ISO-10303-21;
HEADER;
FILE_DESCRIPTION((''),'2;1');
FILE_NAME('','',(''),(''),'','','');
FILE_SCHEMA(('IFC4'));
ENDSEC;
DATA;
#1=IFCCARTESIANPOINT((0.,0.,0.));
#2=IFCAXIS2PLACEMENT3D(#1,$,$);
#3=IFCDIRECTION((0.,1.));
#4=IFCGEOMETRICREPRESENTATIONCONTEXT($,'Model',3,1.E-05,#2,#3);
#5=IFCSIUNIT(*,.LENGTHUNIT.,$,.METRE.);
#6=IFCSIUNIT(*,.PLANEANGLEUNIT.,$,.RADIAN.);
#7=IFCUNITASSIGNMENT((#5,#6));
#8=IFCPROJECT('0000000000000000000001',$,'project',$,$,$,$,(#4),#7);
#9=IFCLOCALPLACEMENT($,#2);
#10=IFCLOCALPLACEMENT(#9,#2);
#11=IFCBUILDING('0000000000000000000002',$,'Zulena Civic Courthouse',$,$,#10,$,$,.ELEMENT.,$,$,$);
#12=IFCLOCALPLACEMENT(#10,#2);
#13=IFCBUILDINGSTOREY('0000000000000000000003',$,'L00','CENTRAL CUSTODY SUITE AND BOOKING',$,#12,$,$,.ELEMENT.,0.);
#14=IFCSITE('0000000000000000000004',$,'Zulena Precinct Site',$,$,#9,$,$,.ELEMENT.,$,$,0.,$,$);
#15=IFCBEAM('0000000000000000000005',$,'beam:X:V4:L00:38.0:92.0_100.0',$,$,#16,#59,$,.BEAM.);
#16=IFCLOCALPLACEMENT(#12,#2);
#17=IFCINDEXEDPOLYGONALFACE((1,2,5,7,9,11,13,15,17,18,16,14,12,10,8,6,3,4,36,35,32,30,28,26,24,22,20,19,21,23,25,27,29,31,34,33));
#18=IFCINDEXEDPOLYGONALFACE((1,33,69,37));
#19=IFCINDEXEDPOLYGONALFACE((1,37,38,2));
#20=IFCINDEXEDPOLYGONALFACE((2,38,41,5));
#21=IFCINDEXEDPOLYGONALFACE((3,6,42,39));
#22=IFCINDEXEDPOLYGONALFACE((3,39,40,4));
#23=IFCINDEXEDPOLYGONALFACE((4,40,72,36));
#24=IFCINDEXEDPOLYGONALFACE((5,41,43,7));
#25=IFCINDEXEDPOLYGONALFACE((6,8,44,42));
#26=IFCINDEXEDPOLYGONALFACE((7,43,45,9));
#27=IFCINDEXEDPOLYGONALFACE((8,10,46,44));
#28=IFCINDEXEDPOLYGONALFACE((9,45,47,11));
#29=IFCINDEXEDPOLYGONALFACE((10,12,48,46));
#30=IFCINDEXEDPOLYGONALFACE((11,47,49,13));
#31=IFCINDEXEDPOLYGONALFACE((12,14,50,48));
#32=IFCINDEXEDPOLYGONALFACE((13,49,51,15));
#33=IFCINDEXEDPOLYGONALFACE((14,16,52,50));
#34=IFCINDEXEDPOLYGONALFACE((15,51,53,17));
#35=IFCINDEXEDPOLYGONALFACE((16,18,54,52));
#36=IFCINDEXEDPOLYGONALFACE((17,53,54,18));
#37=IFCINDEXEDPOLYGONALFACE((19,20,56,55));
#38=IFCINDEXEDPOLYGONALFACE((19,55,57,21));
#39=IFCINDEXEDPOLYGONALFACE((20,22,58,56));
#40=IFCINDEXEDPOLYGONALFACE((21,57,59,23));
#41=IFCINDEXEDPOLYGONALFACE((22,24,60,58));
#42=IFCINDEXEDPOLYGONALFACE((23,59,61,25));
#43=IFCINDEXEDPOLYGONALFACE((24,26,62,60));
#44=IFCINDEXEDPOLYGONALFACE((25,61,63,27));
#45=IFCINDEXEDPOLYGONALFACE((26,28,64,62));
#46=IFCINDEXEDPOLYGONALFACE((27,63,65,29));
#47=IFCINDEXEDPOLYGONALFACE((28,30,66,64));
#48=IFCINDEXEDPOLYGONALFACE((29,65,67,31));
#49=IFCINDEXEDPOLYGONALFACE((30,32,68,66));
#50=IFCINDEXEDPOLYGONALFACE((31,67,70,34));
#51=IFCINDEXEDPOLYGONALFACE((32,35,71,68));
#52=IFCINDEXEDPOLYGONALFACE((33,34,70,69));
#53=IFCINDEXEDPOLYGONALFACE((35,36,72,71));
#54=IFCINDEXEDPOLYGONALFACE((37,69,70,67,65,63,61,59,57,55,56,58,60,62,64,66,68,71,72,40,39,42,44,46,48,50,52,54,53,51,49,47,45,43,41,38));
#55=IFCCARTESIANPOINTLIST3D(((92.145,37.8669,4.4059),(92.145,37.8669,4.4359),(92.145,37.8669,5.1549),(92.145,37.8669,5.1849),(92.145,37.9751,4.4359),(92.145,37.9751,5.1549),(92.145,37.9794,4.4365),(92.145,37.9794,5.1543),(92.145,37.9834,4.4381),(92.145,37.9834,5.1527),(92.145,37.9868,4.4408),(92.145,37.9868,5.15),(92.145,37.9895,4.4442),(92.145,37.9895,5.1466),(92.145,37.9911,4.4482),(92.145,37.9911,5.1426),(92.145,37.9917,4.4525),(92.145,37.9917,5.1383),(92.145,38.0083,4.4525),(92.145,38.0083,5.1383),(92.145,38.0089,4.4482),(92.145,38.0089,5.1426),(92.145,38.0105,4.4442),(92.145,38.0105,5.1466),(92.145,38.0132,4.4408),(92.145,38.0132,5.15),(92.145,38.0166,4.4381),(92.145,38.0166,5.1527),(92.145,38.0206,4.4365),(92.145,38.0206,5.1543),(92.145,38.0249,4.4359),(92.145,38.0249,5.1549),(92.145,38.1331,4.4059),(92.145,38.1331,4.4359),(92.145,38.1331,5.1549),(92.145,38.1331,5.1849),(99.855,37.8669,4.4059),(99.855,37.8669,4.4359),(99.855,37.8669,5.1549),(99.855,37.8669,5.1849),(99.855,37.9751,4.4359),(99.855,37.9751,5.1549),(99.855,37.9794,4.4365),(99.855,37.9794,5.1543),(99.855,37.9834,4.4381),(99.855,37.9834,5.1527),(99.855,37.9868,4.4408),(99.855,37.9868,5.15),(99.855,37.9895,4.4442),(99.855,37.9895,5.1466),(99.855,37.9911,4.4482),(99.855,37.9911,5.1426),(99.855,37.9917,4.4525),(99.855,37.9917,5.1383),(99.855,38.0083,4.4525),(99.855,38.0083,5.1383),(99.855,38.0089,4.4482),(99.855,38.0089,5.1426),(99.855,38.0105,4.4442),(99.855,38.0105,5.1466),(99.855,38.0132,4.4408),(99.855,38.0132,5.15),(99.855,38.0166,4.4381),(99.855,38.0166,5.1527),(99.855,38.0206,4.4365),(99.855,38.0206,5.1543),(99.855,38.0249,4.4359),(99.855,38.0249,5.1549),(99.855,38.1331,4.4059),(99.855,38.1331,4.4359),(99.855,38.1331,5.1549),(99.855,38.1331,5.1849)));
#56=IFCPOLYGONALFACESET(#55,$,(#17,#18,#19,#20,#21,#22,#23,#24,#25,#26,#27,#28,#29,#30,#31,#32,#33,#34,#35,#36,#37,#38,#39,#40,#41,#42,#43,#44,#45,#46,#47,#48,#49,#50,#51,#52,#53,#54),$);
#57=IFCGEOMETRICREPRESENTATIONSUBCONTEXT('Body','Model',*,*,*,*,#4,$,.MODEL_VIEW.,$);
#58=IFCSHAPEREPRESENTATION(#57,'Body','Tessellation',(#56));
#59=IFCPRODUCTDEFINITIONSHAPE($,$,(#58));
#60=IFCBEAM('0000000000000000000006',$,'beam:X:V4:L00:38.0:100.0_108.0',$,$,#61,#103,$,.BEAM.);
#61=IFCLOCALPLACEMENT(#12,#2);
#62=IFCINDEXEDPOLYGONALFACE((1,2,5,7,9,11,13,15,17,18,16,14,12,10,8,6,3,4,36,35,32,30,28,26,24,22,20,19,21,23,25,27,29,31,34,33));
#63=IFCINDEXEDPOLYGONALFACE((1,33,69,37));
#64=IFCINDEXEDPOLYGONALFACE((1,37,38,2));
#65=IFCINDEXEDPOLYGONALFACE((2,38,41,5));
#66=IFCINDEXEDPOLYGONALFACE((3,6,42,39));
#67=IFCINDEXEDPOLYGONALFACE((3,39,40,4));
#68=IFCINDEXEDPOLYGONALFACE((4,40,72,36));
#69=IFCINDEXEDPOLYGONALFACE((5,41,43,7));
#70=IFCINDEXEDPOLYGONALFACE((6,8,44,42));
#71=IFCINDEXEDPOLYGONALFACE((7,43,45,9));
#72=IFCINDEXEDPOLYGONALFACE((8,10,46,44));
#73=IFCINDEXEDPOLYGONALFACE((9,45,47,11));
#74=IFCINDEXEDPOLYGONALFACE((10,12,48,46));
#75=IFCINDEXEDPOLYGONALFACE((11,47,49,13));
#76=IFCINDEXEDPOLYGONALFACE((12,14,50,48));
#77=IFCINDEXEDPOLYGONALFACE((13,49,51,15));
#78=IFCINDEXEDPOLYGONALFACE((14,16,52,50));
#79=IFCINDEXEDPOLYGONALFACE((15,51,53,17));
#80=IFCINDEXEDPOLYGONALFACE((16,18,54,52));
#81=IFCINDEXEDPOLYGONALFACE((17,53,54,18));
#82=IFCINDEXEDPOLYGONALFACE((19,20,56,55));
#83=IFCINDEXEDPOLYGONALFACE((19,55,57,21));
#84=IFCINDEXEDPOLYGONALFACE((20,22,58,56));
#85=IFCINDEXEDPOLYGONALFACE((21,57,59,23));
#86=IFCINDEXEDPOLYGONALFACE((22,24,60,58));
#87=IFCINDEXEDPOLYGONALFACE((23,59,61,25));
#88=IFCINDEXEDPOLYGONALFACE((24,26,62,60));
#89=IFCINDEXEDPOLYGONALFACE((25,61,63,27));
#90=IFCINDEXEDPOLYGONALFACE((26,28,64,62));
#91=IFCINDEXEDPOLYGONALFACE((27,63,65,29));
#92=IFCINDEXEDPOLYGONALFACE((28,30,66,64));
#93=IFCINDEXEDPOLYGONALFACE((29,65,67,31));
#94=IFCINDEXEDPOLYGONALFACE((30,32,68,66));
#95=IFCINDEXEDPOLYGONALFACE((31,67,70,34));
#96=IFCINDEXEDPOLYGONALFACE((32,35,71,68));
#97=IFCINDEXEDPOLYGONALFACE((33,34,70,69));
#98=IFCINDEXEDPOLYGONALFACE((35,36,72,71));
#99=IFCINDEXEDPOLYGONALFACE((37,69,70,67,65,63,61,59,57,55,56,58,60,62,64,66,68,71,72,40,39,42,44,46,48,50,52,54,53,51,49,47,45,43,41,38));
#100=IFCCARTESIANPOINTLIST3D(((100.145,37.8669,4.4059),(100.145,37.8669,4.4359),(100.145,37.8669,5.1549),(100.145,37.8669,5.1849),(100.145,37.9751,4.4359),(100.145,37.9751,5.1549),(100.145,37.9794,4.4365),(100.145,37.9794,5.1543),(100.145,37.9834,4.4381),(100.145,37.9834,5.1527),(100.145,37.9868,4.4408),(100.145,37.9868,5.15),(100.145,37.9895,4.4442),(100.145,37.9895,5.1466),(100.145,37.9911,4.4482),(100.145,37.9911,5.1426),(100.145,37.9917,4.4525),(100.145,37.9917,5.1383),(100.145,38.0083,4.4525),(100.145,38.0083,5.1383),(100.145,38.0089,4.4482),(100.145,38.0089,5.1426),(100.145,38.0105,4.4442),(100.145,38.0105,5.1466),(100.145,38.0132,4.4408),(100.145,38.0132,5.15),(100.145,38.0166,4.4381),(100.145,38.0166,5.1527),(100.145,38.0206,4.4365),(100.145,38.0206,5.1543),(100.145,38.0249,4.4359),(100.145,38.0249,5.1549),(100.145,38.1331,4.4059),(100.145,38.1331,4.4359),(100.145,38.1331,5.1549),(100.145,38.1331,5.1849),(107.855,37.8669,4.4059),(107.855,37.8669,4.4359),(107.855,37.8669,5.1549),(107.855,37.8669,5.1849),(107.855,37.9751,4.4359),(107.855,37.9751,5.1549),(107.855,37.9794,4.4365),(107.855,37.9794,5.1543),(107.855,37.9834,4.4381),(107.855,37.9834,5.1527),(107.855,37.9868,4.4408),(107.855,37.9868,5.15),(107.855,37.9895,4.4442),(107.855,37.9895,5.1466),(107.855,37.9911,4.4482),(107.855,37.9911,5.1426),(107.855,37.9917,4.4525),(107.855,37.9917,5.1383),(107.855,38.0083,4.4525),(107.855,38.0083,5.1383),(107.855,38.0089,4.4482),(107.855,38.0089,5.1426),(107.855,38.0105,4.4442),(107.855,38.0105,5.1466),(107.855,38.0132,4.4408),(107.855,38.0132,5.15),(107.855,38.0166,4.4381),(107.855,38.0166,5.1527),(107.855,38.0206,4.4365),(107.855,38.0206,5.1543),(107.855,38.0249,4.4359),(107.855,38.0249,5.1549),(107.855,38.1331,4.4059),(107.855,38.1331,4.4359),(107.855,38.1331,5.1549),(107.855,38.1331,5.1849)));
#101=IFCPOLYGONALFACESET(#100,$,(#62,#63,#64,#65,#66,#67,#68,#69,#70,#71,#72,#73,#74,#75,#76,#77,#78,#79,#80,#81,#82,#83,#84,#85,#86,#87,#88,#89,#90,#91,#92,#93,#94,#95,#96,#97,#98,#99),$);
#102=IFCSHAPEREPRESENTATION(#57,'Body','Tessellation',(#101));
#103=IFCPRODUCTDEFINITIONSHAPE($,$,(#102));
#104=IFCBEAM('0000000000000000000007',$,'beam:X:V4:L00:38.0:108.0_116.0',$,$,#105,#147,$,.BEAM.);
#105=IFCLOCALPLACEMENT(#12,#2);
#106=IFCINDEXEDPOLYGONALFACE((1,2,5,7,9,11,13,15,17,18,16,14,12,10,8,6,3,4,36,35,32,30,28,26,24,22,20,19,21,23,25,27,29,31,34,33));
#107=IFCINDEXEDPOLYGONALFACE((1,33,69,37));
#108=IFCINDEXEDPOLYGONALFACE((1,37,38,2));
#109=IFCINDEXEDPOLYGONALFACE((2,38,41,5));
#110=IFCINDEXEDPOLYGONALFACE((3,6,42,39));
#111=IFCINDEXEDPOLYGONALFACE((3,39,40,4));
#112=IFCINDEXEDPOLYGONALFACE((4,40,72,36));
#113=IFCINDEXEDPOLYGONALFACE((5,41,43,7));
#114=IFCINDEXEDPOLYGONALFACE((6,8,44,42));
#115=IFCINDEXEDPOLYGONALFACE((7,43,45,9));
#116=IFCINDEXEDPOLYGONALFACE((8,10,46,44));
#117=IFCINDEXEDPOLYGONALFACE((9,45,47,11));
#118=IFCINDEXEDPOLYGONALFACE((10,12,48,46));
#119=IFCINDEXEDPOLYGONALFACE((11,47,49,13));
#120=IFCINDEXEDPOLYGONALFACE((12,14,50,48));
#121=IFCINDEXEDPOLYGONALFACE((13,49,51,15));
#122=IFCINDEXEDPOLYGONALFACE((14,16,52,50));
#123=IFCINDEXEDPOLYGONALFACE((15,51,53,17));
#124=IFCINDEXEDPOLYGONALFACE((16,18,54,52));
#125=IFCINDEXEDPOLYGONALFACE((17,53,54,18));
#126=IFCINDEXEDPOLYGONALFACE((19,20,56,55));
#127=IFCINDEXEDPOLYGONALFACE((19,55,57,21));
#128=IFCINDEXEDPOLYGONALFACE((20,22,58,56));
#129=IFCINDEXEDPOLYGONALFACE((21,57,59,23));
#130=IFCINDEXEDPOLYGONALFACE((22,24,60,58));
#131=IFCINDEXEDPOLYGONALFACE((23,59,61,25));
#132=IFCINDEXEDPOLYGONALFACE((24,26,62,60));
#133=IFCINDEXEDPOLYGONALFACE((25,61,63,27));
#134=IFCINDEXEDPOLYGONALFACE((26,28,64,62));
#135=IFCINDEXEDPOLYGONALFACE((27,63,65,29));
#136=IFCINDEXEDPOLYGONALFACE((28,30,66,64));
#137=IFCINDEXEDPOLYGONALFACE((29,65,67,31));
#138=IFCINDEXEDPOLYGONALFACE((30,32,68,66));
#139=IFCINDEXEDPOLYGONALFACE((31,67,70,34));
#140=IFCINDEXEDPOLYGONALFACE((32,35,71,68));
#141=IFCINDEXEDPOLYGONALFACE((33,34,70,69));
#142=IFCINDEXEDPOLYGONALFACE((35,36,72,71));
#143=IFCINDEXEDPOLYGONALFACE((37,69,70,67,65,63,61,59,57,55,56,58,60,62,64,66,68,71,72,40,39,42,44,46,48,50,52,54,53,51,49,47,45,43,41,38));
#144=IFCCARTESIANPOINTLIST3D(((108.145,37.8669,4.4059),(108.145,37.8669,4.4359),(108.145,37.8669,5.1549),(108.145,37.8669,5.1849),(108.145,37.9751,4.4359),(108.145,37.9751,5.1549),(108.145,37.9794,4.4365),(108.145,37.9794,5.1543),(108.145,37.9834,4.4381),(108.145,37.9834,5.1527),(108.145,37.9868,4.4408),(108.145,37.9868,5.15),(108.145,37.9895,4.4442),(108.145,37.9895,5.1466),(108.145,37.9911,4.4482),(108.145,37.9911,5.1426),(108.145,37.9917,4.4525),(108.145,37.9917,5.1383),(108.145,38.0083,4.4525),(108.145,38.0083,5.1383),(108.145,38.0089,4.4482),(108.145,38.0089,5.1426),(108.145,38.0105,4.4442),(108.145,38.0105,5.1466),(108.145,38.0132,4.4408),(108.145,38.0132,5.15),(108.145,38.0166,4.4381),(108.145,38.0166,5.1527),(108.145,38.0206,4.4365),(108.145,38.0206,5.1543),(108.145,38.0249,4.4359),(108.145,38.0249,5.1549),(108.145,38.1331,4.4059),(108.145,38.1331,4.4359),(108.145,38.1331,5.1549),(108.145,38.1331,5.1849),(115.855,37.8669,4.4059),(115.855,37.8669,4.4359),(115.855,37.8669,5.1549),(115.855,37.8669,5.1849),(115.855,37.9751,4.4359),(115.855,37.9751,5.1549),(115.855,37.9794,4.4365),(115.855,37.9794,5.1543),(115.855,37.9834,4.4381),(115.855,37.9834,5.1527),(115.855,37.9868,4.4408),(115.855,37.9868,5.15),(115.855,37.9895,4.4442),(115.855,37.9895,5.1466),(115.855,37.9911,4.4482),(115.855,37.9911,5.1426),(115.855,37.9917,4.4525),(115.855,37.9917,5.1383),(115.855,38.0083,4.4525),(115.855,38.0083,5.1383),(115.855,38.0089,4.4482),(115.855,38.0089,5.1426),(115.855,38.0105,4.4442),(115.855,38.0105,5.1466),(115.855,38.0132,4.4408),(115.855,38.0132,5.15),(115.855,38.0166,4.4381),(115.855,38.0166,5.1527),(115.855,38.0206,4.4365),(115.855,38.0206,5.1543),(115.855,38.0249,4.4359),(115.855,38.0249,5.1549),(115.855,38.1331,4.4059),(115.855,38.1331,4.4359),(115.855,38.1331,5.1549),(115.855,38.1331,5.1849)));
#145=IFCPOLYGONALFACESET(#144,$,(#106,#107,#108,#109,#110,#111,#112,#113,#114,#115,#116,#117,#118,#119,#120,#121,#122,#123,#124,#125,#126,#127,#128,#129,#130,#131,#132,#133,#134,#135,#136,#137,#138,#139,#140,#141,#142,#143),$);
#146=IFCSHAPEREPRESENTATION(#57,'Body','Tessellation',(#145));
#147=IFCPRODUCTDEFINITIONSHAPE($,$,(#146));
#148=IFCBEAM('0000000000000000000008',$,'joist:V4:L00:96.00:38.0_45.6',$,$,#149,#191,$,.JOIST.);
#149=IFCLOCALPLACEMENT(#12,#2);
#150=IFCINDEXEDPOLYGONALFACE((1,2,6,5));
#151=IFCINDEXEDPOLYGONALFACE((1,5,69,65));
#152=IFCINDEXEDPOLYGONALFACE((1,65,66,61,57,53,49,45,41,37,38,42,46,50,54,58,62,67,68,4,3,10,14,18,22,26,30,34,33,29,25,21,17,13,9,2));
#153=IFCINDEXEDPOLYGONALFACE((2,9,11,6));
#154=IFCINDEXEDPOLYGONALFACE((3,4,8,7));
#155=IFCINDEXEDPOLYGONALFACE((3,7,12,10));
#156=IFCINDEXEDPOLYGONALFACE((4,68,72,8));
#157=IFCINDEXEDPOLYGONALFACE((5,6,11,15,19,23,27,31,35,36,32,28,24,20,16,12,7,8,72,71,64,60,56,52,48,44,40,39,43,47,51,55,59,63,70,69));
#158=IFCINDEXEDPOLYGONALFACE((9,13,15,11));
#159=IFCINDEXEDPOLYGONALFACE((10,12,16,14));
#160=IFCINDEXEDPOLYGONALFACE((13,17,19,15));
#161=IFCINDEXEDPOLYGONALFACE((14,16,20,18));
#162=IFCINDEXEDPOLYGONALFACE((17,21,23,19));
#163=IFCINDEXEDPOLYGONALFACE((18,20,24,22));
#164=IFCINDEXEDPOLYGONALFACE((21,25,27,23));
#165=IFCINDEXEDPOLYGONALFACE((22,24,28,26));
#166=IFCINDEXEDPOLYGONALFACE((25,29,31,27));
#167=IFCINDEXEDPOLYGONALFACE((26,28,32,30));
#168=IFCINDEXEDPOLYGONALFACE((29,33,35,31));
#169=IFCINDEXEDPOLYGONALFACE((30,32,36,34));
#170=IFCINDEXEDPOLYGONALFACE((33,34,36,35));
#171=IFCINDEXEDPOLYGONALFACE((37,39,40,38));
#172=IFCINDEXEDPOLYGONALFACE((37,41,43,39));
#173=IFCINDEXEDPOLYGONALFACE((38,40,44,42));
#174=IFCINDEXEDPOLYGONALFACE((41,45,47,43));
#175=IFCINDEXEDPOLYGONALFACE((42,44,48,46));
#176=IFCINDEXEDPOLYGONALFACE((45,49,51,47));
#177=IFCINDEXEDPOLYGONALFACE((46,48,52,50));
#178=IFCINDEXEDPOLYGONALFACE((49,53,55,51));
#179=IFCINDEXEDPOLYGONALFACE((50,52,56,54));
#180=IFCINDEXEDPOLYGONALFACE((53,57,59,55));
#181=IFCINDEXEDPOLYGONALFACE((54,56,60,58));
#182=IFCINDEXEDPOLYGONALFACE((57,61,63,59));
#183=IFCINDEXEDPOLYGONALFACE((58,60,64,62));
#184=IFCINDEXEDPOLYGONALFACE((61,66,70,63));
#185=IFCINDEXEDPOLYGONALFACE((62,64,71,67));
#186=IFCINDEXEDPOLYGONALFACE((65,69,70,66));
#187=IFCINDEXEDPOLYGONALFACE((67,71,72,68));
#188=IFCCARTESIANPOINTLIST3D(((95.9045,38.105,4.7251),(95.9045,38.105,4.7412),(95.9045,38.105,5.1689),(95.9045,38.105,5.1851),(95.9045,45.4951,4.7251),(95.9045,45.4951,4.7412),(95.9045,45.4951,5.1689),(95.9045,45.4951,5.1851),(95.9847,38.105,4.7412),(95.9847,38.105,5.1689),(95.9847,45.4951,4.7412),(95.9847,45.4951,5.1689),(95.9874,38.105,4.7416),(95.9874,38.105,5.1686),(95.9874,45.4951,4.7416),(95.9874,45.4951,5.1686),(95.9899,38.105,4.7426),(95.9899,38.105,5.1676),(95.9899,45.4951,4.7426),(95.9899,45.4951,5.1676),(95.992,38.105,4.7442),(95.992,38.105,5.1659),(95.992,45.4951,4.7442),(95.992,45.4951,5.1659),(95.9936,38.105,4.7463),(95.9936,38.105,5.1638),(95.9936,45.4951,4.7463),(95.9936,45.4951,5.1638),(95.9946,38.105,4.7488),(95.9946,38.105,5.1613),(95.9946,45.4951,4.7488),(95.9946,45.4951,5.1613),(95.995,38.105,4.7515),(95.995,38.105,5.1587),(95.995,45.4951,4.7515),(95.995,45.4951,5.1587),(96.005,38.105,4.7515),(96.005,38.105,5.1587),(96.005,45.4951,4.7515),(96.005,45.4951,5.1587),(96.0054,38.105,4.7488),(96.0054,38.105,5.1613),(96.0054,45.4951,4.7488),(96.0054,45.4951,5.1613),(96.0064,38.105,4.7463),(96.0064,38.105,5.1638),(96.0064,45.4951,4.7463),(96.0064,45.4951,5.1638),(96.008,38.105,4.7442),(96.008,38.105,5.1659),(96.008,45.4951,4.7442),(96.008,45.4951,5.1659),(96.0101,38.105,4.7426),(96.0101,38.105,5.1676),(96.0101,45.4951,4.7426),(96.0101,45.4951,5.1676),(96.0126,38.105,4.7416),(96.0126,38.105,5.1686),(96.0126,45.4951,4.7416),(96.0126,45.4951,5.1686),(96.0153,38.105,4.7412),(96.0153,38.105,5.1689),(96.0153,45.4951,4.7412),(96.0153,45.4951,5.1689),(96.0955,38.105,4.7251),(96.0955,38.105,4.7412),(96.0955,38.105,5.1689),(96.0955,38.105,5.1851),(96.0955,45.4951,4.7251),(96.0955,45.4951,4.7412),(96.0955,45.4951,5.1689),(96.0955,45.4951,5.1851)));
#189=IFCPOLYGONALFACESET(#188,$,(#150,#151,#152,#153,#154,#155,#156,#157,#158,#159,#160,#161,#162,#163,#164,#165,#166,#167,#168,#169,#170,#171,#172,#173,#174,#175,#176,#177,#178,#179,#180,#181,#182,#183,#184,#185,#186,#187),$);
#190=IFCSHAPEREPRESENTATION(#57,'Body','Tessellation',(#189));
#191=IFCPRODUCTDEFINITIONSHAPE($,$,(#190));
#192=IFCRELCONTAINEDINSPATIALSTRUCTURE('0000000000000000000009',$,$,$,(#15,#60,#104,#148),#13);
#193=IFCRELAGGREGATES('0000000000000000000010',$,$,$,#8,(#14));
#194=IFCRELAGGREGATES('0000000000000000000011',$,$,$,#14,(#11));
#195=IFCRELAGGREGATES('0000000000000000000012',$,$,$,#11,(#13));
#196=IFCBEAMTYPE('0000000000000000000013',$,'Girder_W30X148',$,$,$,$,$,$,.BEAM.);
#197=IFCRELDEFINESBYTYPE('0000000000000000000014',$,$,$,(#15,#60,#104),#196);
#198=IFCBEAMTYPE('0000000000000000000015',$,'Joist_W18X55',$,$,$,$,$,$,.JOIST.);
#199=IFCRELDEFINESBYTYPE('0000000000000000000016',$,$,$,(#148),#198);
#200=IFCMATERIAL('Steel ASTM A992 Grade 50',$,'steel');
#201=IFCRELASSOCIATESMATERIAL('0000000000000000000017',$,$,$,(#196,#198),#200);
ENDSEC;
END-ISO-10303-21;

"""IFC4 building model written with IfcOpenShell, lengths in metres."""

from ifc_helpers import new_model, si_unit, direction, frame, origin, origin_2d, place, context, subcontext, project, spatial, i_section, extrude, material, material_profile, profile_set, type_object, element, save


model = new_model("IFC4")

# Units and contexts
model_context = context("Model", 3, precision=1e-05, world=origin(), true_north=direction((0.0, 1.0)))
body_context = subcontext(model_context, "Body", "Model", "MODEL_VIEW")
ifc_project = project(units=[si_unit("LENGTHUNIT", "METRE"), si_unit("PLANEANGLEUNIT", "RADIAN")], contexts=[model_context])

# Site, building, storey
site_placement = place(None, origin())
site = spatial("IfcSite", under=ifc_project, at=site_placement, Name="Zulena Precinct Site", CompositionType="ELEMENT", RefElevation=0.0)
building_placement = place(site_placement, origin())
building = spatial("IfcBuilding", under=site, at=building_placement, Name="Zulena Civic Courthouse", CompositionType="ELEMENT")
storey_placement = place(building_placement, origin())
storey = spatial("IfcBuildingStorey", under=building, at=storey_placement, Name="L00", Description="CENTRAL CUSTODY SUITE AND BOOKING", CompositionType="ELEMENT", Elevation=0.0)

# Shared definitions
ifc_material_1 = material(Name="Steel ASTM A992 Grade 50", Category="steel")

# Beams
ifc_material_profile_1 = material_profile(ifc_material_1, i_section(OverallWidth=0.2661, OverallDepth=0.7791, WebThickness=0.0166, FlangeThickness=0.03, FilletRadius=0.0166, at=origin_2d()), Name="W30X148")
ifc_profile_set_1 = profile_set([ifc_material_profile_1], Name="Steel ASTM A992 Grade 50")
beam_type_1 = type_object("IfcBeamType", Name="Girder_W30X148", PredefinedType="BEAM", material=ifc_profile_set_1)
for number, where, z_axis, x_axis, name in (
    (1, (92.145, 38.0, 4.7954), (1.0, 0.0, 0.0), (0.0, 1.0, 0.0), "beam:X:V4:L00:38.0:92.0_100.0"),
    (2, (100.145, 38.0, 4.7954), (1.0, 0.0, 0.0), (0.0, 1.0, 0.0), "beam:X:V4:L00:38.0:100.0_108.0"),
    (3, (108.145, 38.0, 4.7954), (1.0, 0.0, 0.0), (0.0, 1.0, 0.0), "beam:X:V4:L00:38.0:108.0_116.0"),
):
    element("IfcBeam", number, at=place(storey_placement, frame(where, z_axis=z_axis, x_axis=x_axis)), inside=storey, type_object=beam_type_1, Name=name, PredefinedType="BEAM", context=body_context, shape_type="SweptSolid", body=[
        extrude(i_section(OverallWidth=0.2661, OverallDepth=0.7791, WebThickness=0.0166, FlangeThickness=0.03, FilletRadius=0.0166, at=origin_2d()), origin(), (0.0, 0.0, 1.0), 7.71),
    ])
ifc_material_profile_2 = material_profile(ifc_material_1, i_section(OverallWidth=0.1909, OverallDepth=0.46, WebThickness=0.01, FlangeThickness=0.0161, FilletRadius=0.0103, at=origin_2d()), Name="W18X55")
ifc_profile_set_2 = profile_set([ifc_material_profile_2], Name="Steel ASTM A992 Grade 50")
beam_type_2 = type_object("IfcBeamType", Name="Joist_W18X55", PredefinedType="JOIST", material=ifc_profile_set_2)
for number, where, z_axis, x_axis, name in (
    (4, (96.0, 38.105, 4.9551), (0.0, 1.0, 0.0), (-1.0, 0.0, 0.0), "joist:V4:L00:96.00:38.0_45.6"),
):
    element("IfcBeam", number, at=place(storey_placement, frame(where, z_axis=z_axis, x_axis=x_axis)), inside=storey, type_object=beam_type_2, Name=name, PredefinedType="JOIST", context=body_context, shape_type="SweptSolid", body=[
        extrude(i_section(OverallWidth=0.1909, OverallDepth=0.46, WebThickness=0.01, FlangeThickness=0.0161, FilletRadius=0.0103, at=origin_2d()), origin(), (0.0, 0.0, 1.0), 7.3901),
    ])

save(model, "model.ifc")
